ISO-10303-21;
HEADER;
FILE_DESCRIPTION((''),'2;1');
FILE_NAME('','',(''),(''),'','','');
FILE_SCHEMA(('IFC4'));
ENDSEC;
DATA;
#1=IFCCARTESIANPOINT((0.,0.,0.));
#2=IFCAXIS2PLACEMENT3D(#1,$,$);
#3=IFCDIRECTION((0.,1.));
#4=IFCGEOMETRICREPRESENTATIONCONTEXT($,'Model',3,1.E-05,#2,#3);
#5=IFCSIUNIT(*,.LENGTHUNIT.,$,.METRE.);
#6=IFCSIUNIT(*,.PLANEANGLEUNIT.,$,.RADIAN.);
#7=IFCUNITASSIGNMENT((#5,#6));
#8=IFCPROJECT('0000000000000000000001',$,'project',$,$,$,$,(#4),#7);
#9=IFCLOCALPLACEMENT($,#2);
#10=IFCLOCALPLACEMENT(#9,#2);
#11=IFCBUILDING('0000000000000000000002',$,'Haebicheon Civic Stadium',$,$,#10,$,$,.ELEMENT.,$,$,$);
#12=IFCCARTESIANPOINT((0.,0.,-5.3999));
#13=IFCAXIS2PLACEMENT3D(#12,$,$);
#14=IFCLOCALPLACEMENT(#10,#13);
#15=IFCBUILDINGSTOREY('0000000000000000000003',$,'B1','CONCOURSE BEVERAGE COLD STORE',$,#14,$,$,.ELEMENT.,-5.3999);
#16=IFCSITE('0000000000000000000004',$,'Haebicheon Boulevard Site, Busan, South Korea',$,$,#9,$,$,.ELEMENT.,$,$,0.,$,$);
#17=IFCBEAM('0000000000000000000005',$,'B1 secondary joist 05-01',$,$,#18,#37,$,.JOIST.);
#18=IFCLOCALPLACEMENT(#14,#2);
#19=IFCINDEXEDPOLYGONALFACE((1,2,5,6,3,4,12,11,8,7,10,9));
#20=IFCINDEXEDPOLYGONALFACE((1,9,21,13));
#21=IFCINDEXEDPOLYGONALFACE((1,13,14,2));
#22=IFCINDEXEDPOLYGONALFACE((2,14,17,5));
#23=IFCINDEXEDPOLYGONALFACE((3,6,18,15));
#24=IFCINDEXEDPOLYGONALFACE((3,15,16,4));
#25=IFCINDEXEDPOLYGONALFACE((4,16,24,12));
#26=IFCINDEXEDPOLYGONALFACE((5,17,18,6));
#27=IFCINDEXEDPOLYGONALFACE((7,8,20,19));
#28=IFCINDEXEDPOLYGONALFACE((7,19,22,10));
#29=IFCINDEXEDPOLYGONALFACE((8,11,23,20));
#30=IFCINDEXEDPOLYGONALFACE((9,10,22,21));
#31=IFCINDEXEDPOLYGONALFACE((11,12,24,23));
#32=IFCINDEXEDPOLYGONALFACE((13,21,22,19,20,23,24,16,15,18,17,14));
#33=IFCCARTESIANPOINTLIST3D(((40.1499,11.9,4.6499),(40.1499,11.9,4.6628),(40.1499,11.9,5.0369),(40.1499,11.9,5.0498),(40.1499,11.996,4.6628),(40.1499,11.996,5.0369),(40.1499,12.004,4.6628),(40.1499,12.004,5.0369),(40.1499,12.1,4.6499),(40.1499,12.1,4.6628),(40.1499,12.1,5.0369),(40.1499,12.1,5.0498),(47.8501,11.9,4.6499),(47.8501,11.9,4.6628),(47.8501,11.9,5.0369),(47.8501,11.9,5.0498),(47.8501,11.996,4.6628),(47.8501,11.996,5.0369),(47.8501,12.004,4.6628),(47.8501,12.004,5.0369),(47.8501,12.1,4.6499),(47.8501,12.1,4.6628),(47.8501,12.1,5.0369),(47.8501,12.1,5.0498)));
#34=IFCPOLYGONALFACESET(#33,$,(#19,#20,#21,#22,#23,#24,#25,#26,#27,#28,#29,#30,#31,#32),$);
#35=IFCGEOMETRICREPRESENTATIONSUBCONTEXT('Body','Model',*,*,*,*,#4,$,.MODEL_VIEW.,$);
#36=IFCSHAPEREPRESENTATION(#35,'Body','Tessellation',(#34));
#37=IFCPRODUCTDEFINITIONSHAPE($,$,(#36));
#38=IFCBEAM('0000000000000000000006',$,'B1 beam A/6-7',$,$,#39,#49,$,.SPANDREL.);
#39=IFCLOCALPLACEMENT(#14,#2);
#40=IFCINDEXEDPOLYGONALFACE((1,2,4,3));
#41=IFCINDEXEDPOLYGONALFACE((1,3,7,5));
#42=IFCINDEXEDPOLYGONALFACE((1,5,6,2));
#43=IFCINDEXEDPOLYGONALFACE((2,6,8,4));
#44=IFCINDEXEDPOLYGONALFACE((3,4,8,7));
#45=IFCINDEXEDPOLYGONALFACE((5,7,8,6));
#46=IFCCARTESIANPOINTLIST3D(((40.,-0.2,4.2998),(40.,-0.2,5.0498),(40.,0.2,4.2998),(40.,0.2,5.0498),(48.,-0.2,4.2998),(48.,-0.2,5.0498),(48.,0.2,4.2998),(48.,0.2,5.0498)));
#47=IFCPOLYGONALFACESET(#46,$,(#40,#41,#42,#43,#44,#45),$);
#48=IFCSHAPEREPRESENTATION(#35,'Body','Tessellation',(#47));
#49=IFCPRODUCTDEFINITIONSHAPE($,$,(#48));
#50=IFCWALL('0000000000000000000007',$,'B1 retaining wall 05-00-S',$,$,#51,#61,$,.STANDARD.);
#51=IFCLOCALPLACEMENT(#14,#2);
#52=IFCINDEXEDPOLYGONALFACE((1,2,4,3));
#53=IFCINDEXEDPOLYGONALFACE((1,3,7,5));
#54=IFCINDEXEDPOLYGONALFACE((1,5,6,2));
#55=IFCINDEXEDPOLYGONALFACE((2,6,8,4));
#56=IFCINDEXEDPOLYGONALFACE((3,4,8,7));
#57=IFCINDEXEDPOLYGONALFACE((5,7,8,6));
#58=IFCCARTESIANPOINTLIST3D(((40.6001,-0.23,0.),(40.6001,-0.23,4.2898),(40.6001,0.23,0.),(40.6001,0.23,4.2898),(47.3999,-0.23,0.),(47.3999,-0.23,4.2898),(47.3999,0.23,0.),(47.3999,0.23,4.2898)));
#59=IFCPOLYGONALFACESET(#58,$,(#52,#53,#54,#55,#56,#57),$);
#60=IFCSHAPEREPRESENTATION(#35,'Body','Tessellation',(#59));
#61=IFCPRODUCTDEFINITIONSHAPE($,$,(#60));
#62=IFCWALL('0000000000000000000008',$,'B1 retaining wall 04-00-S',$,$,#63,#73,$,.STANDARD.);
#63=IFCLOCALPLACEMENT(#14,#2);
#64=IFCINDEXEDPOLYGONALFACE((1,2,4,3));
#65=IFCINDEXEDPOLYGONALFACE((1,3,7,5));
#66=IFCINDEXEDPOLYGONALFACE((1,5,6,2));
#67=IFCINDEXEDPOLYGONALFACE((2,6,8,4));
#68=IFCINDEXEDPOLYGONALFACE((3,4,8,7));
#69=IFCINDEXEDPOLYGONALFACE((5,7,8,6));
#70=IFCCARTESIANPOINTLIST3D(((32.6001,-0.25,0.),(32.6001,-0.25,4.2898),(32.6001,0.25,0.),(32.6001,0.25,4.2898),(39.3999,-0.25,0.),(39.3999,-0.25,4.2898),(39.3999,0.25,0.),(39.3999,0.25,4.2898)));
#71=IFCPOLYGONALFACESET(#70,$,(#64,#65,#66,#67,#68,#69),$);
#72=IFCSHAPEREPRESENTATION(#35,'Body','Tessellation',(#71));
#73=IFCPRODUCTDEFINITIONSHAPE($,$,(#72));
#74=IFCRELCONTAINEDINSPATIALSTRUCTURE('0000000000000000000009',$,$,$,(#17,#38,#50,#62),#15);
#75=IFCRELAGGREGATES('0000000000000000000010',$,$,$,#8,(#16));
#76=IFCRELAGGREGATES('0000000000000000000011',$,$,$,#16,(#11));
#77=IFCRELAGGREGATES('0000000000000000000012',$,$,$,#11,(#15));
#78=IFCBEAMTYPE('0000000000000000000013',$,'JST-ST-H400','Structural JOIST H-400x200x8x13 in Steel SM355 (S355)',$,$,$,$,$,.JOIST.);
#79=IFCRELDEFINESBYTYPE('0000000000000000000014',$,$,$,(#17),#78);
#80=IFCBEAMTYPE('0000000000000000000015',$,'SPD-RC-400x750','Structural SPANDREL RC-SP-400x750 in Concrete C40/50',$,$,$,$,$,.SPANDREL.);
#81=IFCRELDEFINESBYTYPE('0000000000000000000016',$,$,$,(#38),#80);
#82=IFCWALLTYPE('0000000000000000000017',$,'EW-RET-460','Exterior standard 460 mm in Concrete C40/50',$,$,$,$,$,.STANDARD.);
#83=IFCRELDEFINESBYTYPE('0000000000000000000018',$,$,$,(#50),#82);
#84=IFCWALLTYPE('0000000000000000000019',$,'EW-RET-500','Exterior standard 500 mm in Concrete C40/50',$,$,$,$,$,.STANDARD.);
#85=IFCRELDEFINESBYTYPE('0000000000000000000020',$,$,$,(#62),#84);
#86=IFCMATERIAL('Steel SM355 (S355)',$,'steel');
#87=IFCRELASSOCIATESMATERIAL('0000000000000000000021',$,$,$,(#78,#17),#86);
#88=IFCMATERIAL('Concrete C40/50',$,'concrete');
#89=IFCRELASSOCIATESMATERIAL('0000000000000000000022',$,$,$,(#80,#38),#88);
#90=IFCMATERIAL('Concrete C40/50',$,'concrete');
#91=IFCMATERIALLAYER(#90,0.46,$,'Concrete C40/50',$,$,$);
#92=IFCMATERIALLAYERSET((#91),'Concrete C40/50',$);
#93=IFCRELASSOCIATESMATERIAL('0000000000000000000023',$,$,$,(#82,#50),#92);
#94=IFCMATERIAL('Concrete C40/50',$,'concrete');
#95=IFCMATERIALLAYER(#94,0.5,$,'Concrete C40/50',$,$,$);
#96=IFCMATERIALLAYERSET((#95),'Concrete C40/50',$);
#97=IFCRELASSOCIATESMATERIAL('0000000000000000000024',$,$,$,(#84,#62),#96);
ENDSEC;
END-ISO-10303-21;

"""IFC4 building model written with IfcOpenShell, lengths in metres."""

from ifc_helpers import new_model, si_unit, direction, frame, frame_2d, origin, origin_2d, place, context, subcontext, project, spatial, rectangle, i_section, extrude, material, layer, layer_set, material_profile, profile_set, type_object, element, save


model = new_model("IFC4")

# Units and contexts
model_context = context("Model", 3, precision=1e-05, world=origin(), true_north=direction((0.0, 1.0)))
body_context = subcontext(model_context, "Body", "Model", "MODEL_VIEW")
ifc_project = project(units=[si_unit("LENGTHUNIT", "METRE"), si_unit("PLANEANGLEUNIT", "RADIAN")], contexts=[model_context])

# Site, building, storey
site_placement = place(None, origin())
site = spatial("IfcSite", under=ifc_project, at=site_placement, Name="Haebicheon Boulevard Site, Busan, South Korea", CompositionType="ELEMENT", RefElevation=0.0)
building_placement = place(site_placement, origin())
building = spatial("IfcBuilding", under=site, at=building_placement, Name="Haebicheon Civic Stadium", CompositionType="ELEMENT")
storey_placement = place(building_placement, frame((0.0, 0.0, -5.3999)))
storey = spatial("IfcBuildingStorey", under=building, at=storey_placement, Name="B1", Description="CONCOURSE BEVERAGE COLD STORE", CompositionType="ELEMENT", Elevation=-5.3999)

# Beams
ifc_material_1 = material(Name="Steel SM355 (S355)", Category="steel")
ifc_material_profile_1 = material_profile(ifc_material_1, i_section(OverallWidth=0.2, OverallDepth=0.3999, WebThickness=0.0081, FlangeThickness=0.0129, at=origin_2d()), Name="H-400x200x8x13")
ifc_profile_set_1 = profile_set([ifc_material_profile_1], Name="Steel SM355 (S355)")
beam_type_1 = type_object("IfcBeamType", Name="JST-ST-H400", Description="Structural JOIST H-400x200x8x13 in Steel SM355 (S355)", PredefinedType="JOIST", material=ifc_profile_set_1)
for number, where, z_axis, x_axis, name in (
    (1, (40.1499, 12.0, 4.8499), (1.0, 0.0, 0.0), (0.0, 1.0, 0.0), "B1 secondary joist 05-01"),
):
    element("IfcBeam", number, at=place(storey_placement, frame(where, z_axis=z_axis, x_axis=x_axis)), inside=storey, type_object=beam_type_1, material=ifc_profile_set_1, Name=name, PredefinedType="JOIST", context=body_context, shape_type="SweptSolid", body=[
        extrude(i_section(OverallWidth=0.2, OverallDepth=0.3999, WebThickness=0.0081, FlangeThickness=0.0129, at=origin_2d()), origin(), (0.0, 0.0, 1.0), 7.7002),
    ])
ifc_material_2 = material(Name="Concrete C40/50", Category="concrete")
ifc_material_profile_2 = material_profile(ifc_material_2, rectangle(XDim=0.3999, YDim=0.75, at=origin_2d()), Name="RC-SP-400x750")
ifc_profile_set_2 = profile_set([ifc_material_profile_2], Name="Concrete C40/50")
beam_type_2 = type_object("IfcBeamType", Name="SPD-RC-400x750", Description="Structural SPANDREL RC-SP-400x750 in Concrete C40/50", PredefinedType="SPANDREL", material=ifc_profile_set_2)
beam_placement = place(storey_placement, frame((40.0, 0.0, 4.6748), z_axis=(1.0, 0.0, 0.0), x_axis=(0.0, 1.0, 0.0)))
element("IfcBeam", 2, at=beam_placement, inside=storey, type_object=beam_type_2, material=ifc_profile_set_2, Name="B1 beam A/6-7", PredefinedType="SPANDREL", context=body_context, shape_type="SweptSolid", body=[
    extrude(rectangle(XDim=0.3999, YDim=0.75, at=origin_2d()), origin(), (0.0, 0.0, 1.0), 8.0),
])

# Walls
ifc_material_3 = material(Name="Concrete C40/50", Category="concrete")
ifc_layer_1 = layer(ifc_material_3, 0.46, Name="Concrete C40/50")
ifc_layer_set_1 = layer_set([ifc_layer_1], Name="Concrete C40/50")
wall_type_1 = type_object("IfcWallType", Name="EW-RET-460", Description="Exterior standard 460 mm in Concrete C40/50", PredefinedType="STANDARD", material=ifc_layer_set_1)
wall_1_placement = place(storey_placement, frame((40.6001, 0.0, 0.0), z_axis=(0.0, 0.0, 1.0), x_axis=(1.0, 0.0, 0.0)))
element("IfcWall", 3, at=wall_1_placement, inside=storey, type_object=wall_type_1, material=ifc_layer_set_1, Name="B1 retaining wall 05-00-S", PredefinedType="STANDARD", context=body_context, shape_type="SweptSolid", body=[
    extrude(rectangle(XDim=6.7998, YDim=0.46, at=frame_2d((3.3999, 0.0))), origin(), (0.0, 0.0, 1.0), 4.2898),
])
ifc_material_4 = material(Name="Concrete C40/50", Category="concrete")
ifc_layer_2 = layer(ifc_material_4, 0.5, Name="Concrete C40/50")
ifc_layer_set_2 = layer_set([ifc_layer_2], Name="Concrete C40/50")
wall_type_2 = type_object("IfcWallType", Name="EW-RET-500", Description="Exterior standard 500 mm in Concrete C40/50", PredefinedType="STANDARD", material=ifc_layer_set_2)
wall_2_placement = place(storey_placement, frame((32.6001, 0.0, 0.0), z_axis=(0.0, 0.0, 1.0), x_axis=(1.0, 0.0, 0.0)))
element("IfcWall", 4, at=wall_2_placement, inside=storey, type_object=wall_type_2, material=ifc_layer_set_2, Name="B1 retaining wall 04-00-S", PredefinedType="STANDARD", context=body_context, shape_type="SweptSolid", body=[
    extrude(rectangle(XDim=6.7998, YDim=0.5, at=frame_2d((3.3999, 0.0))), origin(), (0.0, 0.0, 1.0), 4.2898),
])

save(model, "model.ifc")
